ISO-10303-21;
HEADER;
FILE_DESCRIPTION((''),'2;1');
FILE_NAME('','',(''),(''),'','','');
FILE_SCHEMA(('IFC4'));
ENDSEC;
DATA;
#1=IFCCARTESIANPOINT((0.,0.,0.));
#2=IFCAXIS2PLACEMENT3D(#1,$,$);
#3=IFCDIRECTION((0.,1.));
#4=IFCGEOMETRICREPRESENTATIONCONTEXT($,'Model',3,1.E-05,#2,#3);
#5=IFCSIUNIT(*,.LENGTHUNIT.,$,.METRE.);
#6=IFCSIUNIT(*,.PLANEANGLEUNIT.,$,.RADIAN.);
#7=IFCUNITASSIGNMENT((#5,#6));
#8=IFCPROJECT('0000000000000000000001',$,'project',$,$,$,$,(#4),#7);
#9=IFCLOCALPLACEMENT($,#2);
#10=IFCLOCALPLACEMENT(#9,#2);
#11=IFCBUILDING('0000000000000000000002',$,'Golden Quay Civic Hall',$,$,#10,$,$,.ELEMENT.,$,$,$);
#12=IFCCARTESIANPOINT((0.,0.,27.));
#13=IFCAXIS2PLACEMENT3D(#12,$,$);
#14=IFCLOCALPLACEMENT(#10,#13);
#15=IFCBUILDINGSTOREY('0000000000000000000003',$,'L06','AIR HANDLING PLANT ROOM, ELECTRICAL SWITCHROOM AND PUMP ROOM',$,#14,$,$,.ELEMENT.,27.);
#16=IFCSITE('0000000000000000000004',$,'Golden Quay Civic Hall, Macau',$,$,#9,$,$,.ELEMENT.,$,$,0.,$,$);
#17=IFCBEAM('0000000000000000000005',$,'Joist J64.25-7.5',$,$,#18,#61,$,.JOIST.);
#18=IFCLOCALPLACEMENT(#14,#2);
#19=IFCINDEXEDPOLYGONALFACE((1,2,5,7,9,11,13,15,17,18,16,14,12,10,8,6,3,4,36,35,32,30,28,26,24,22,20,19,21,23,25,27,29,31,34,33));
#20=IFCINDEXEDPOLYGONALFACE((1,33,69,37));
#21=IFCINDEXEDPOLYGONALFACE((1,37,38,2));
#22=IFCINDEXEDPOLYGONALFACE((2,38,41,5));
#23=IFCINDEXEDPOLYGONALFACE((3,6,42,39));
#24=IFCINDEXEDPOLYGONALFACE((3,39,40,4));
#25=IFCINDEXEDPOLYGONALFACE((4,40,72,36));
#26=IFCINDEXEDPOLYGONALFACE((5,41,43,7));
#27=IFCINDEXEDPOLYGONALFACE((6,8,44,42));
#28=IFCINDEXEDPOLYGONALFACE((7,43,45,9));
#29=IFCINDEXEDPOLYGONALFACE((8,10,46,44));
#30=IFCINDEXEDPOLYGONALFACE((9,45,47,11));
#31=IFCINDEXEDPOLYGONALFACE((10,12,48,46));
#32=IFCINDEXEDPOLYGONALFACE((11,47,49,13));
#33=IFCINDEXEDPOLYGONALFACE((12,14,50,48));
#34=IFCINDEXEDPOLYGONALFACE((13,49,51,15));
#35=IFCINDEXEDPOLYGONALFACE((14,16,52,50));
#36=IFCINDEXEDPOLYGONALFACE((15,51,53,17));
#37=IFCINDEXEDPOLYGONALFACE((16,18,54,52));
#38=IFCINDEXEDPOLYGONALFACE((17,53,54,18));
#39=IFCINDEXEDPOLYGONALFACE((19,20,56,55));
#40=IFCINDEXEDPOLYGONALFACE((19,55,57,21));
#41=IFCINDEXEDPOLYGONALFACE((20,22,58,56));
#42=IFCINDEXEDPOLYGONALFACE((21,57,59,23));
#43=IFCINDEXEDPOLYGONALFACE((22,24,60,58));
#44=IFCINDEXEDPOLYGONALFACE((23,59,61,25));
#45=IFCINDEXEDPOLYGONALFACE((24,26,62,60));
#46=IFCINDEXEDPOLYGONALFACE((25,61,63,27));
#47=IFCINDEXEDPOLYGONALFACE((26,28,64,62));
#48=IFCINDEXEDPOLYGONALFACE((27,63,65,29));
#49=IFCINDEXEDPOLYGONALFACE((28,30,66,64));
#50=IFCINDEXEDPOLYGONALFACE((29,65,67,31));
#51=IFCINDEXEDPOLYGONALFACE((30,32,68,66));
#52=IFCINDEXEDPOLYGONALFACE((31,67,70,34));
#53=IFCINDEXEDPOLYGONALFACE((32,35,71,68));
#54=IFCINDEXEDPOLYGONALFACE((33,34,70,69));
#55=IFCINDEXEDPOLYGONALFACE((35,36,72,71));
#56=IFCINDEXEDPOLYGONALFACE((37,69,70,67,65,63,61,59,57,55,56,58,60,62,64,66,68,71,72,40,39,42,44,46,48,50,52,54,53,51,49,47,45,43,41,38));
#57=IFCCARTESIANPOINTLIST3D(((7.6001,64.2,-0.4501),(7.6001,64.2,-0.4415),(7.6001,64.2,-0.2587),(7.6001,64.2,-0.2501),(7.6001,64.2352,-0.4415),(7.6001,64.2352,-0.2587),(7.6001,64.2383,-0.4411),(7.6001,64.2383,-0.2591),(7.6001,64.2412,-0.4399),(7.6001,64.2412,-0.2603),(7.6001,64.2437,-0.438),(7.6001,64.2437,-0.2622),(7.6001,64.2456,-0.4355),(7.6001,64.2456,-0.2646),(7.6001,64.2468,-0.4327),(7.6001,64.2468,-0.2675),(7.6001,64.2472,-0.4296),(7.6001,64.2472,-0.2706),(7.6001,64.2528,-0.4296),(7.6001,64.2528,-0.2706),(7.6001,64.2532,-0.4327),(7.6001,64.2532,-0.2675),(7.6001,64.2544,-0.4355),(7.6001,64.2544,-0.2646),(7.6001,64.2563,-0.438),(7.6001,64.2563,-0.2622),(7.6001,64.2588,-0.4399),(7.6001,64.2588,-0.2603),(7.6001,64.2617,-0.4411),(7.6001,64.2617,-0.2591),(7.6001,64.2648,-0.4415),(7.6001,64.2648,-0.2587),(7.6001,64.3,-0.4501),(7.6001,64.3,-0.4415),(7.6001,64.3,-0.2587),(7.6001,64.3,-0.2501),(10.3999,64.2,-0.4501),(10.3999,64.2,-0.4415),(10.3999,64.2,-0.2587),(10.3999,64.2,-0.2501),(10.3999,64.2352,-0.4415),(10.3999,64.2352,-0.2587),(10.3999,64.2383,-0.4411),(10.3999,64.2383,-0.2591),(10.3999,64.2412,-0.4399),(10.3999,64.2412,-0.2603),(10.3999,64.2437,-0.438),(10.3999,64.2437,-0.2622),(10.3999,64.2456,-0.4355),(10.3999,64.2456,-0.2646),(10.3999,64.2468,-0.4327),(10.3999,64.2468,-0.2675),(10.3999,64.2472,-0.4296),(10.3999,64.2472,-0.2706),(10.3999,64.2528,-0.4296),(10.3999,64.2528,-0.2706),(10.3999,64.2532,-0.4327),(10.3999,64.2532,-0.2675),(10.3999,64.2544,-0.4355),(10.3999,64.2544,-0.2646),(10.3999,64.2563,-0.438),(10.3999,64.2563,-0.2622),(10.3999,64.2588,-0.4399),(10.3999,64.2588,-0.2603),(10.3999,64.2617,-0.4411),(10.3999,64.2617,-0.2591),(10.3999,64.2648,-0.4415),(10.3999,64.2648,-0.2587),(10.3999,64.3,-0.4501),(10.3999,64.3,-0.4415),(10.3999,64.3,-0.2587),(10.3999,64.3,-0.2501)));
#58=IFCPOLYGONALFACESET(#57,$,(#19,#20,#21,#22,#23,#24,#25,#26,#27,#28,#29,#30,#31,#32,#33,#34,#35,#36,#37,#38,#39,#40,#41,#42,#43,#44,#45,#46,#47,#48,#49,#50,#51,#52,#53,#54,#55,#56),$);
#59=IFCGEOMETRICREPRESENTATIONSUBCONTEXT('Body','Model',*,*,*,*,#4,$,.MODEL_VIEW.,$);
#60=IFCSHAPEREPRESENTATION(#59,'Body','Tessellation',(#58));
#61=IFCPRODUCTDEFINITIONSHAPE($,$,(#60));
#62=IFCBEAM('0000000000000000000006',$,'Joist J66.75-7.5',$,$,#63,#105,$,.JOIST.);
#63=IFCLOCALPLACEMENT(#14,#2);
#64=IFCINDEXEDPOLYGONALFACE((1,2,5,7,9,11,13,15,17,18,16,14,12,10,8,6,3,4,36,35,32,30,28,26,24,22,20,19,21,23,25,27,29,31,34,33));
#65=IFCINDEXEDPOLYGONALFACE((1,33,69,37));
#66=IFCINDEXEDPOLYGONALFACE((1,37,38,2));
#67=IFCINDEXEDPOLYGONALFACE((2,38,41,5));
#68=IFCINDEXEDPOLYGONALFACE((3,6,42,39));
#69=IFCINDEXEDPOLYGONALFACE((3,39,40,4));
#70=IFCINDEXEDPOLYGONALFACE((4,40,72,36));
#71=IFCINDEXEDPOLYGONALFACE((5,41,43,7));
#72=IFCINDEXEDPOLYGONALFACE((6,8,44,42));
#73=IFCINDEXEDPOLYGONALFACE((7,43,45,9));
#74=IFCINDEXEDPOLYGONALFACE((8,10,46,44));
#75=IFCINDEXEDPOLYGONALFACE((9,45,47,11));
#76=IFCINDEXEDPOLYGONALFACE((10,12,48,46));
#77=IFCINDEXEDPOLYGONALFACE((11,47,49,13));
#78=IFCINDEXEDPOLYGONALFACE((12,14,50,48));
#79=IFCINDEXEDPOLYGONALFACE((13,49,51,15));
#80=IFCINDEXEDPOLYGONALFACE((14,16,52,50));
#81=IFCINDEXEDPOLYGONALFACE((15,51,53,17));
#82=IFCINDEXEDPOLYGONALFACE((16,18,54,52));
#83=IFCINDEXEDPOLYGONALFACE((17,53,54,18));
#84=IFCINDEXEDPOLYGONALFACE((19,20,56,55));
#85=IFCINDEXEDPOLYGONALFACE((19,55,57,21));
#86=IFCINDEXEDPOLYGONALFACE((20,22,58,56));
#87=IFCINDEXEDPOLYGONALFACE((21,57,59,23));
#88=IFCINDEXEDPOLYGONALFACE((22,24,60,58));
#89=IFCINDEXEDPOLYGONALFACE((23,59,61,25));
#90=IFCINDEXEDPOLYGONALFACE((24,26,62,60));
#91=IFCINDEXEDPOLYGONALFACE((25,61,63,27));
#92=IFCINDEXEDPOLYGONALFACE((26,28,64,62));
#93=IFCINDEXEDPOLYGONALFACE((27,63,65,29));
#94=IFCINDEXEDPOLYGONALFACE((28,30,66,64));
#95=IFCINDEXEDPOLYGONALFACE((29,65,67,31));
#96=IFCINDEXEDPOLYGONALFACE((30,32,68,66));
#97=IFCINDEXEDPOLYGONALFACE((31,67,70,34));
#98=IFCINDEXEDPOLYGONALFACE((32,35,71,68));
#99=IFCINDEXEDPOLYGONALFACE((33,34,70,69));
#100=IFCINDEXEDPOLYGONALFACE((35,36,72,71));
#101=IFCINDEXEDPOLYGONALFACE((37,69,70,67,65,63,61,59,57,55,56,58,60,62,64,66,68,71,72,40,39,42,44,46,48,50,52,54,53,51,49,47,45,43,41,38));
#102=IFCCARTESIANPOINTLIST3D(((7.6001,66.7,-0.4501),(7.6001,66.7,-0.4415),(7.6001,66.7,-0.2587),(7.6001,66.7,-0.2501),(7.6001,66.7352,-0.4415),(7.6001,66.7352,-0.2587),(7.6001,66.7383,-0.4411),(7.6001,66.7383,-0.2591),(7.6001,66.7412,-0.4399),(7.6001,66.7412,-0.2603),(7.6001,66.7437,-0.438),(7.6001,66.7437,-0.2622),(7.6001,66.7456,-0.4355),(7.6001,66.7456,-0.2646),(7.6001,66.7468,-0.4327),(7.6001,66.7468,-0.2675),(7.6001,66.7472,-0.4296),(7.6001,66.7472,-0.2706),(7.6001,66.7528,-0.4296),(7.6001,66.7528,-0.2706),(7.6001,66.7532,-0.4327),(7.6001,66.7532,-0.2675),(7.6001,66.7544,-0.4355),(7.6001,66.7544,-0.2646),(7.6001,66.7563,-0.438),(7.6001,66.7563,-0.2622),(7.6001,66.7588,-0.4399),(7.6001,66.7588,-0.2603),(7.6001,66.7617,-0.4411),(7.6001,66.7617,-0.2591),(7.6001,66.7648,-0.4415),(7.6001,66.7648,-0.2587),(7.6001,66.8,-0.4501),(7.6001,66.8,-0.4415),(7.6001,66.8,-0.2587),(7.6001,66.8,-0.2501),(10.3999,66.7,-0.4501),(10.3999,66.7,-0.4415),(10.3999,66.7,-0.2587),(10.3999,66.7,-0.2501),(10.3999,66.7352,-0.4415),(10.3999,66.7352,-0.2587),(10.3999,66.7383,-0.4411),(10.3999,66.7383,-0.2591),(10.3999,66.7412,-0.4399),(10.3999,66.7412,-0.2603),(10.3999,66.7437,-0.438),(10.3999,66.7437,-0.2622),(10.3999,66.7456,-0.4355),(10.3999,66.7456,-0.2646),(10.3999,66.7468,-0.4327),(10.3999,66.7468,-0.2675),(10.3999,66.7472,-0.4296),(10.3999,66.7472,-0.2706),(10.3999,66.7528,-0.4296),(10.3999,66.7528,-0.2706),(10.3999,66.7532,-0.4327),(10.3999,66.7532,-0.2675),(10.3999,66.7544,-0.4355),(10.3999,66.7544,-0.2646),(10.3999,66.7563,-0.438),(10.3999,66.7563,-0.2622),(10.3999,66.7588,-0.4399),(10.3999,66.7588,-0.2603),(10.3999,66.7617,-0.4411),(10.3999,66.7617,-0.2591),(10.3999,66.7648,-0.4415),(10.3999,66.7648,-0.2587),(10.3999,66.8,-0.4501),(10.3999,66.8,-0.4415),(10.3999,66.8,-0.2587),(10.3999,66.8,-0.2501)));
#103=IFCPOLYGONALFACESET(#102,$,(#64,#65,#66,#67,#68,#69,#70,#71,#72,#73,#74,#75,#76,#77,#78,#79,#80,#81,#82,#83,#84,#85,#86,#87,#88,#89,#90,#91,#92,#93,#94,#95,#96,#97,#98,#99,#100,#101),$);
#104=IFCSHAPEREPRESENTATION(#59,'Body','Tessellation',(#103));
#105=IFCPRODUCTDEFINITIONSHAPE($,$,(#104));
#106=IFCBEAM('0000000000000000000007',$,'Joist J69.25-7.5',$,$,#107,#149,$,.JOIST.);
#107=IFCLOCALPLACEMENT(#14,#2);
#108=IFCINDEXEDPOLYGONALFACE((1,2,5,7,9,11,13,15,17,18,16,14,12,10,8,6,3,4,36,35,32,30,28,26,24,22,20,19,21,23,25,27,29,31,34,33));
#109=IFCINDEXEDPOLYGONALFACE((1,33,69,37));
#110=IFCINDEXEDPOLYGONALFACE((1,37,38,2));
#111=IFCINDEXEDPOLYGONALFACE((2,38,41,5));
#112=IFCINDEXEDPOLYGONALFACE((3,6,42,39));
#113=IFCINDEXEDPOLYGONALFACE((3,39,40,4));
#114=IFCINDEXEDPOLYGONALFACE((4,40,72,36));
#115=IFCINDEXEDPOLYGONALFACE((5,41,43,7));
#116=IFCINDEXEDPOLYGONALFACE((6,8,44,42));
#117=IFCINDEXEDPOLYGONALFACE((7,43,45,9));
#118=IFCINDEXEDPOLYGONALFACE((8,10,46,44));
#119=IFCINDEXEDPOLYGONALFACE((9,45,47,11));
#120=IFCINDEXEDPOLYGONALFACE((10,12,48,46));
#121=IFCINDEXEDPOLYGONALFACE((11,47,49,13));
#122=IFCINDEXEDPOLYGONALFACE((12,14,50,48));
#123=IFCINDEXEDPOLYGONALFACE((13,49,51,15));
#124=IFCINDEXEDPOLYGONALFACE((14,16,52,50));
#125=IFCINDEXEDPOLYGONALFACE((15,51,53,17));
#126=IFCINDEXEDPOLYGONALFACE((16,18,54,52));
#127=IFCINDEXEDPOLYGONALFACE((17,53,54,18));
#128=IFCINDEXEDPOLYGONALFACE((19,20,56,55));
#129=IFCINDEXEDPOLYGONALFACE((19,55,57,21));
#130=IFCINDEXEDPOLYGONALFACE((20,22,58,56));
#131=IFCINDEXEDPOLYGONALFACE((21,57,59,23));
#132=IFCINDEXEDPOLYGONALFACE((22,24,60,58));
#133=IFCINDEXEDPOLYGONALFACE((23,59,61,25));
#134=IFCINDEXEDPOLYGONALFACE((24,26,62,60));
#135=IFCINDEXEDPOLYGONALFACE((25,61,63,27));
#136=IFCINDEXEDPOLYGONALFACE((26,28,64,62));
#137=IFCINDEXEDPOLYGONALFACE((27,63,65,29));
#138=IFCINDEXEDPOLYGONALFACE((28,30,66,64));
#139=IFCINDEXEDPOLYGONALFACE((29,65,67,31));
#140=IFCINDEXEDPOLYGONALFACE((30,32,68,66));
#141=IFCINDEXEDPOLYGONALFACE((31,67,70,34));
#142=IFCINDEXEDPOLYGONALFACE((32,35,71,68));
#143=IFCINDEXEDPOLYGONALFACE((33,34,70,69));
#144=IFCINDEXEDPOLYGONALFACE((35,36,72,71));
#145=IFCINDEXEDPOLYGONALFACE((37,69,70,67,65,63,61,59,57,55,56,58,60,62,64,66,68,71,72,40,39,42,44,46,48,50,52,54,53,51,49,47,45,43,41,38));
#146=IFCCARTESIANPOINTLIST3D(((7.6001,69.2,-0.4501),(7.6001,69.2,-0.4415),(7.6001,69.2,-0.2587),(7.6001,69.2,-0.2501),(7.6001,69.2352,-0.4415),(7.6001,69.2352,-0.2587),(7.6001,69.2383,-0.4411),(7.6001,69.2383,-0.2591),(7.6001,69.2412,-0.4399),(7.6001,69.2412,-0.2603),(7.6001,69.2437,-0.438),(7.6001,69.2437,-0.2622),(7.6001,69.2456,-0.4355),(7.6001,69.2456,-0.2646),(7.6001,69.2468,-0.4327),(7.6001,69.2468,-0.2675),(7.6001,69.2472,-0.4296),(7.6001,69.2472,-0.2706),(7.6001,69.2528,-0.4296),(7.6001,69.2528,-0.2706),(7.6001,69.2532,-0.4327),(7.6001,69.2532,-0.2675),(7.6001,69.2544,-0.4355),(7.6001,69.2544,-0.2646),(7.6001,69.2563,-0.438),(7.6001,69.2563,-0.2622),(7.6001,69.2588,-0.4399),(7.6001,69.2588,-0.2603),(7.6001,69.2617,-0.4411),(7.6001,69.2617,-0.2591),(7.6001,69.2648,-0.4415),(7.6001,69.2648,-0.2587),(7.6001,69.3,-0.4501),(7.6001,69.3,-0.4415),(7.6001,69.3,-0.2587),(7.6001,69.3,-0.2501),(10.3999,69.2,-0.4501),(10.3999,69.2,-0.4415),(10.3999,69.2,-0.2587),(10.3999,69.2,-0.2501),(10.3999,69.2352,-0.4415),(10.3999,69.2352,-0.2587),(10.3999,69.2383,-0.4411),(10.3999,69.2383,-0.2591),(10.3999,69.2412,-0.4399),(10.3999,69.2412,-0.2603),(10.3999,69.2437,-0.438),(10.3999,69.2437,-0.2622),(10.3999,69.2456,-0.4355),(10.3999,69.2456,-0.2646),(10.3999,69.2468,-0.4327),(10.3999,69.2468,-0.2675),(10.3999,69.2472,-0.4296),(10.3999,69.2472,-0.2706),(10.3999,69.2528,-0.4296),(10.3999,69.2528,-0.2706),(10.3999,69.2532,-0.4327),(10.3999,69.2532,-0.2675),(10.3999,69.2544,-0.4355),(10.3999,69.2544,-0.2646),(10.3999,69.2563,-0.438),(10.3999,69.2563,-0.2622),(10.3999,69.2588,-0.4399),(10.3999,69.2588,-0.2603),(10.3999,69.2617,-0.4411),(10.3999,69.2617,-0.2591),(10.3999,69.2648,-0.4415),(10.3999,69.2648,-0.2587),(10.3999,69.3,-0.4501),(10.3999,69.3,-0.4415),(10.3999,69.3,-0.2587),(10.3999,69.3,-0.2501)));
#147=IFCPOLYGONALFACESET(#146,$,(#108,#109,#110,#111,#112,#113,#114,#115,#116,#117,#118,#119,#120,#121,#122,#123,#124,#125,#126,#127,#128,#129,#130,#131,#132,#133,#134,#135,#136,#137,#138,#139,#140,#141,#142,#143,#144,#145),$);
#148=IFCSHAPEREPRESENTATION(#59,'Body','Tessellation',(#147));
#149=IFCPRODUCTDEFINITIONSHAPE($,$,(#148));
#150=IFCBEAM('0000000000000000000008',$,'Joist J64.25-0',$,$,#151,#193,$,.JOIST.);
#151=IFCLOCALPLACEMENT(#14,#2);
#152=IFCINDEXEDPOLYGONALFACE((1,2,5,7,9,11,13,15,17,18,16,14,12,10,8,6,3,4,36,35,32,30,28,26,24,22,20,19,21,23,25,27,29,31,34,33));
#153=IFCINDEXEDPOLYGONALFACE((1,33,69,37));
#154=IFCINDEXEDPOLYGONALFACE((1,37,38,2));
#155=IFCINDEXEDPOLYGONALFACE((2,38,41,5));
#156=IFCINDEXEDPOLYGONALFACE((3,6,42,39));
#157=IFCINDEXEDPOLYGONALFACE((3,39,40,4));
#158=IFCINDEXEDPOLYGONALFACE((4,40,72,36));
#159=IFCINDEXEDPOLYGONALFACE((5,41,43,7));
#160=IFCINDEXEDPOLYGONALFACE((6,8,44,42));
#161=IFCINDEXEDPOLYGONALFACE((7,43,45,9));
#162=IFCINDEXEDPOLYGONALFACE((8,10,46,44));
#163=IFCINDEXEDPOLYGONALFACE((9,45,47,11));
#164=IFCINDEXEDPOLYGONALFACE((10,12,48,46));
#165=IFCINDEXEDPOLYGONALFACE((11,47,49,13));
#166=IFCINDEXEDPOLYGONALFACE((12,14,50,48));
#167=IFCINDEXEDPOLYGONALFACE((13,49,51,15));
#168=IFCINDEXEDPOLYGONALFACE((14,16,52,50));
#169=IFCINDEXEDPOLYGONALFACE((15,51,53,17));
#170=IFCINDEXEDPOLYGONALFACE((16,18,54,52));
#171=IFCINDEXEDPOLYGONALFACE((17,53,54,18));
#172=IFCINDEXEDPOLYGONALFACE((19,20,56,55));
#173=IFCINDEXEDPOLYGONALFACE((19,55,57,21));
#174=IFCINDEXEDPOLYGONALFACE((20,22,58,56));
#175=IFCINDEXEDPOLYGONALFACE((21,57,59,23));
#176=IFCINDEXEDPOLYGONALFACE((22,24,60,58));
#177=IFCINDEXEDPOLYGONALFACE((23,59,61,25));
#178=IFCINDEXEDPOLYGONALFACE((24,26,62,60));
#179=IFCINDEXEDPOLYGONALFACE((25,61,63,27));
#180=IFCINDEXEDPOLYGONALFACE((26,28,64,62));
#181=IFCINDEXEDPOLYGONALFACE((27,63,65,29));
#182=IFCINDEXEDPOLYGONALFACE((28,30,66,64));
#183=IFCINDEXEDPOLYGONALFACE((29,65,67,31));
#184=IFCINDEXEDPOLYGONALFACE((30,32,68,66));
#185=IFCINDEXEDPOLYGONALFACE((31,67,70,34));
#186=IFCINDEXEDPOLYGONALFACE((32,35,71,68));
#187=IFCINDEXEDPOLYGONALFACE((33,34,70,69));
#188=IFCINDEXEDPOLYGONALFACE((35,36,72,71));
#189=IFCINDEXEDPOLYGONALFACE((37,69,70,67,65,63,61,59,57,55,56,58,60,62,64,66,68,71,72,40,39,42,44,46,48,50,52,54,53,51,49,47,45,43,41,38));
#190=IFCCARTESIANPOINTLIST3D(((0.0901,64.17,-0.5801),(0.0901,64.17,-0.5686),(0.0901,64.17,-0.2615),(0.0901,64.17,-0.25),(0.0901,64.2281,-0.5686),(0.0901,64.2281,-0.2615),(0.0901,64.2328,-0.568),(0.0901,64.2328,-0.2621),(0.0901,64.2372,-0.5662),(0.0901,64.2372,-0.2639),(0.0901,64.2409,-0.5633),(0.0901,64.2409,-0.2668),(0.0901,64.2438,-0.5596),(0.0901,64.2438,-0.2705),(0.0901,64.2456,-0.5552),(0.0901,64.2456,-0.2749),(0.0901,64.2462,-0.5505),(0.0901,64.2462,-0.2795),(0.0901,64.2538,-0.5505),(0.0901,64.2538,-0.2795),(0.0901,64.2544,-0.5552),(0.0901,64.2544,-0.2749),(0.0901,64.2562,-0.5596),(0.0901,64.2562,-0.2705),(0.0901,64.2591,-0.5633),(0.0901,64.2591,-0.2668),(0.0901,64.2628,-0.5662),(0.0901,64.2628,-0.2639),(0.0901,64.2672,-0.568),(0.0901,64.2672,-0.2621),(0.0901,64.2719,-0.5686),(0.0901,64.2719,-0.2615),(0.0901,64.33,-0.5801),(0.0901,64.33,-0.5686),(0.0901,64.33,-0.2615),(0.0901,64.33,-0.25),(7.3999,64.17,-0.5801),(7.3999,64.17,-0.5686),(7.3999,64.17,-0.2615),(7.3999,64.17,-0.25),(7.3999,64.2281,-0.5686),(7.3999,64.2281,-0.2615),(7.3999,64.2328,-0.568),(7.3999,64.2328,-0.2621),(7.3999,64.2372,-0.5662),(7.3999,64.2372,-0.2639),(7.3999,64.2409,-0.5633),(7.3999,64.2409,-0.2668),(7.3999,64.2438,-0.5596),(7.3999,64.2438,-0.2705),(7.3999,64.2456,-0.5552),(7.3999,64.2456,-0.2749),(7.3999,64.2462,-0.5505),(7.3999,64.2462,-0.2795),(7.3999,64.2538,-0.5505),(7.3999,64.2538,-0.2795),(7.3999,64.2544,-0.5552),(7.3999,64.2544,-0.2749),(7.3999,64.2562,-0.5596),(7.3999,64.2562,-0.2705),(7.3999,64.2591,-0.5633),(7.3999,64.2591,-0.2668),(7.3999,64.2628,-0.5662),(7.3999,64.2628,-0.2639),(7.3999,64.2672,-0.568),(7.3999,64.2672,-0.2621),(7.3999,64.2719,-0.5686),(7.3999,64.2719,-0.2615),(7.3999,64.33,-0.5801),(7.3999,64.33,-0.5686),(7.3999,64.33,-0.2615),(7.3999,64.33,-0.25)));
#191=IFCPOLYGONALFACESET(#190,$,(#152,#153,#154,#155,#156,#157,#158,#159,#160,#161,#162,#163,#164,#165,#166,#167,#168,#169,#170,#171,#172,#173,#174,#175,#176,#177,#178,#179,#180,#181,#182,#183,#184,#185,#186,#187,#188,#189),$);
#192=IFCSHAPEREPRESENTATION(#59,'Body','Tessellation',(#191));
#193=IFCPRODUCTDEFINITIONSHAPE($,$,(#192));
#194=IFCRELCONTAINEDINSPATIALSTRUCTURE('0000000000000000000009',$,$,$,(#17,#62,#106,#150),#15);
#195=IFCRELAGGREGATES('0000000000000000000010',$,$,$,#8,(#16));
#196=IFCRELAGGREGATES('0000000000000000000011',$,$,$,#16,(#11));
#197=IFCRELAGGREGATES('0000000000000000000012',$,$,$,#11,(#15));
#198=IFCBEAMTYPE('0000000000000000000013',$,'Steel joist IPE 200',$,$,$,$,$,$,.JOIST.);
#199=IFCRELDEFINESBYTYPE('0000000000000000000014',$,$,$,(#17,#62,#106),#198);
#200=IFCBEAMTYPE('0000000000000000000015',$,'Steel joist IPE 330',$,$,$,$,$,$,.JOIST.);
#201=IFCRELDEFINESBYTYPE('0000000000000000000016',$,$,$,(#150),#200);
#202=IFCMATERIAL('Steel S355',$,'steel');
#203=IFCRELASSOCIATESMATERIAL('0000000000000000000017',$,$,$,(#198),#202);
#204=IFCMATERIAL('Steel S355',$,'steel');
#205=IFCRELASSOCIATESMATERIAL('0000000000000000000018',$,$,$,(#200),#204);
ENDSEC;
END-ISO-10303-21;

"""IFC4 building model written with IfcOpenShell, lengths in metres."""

from ifc_helpers import new_model, si_unit, direction, frame, origin, origin_2d, place, context, subcontext, project, spatial, i_section, extrude, material, material_profile, profile_set, type_object, element, save


model = new_model("IFC4")

# Units and contexts
model_context = context("Model", 3, precision=1e-05, world=origin(), true_north=direction((0.0, 1.0)))
body_context = subcontext(model_context, "Body", "Model", "MODEL_VIEW")
ifc_project = project(units=[si_unit("LENGTHUNIT", "METRE"), si_unit("PLANEANGLEUNIT", "RADIAN")], contexts=[model_context])

# Site, building, storey
site_placement = place(None, origin())
site = spatial("IfcSite", under=ifc_project, at=site_placement, Name="Golden Quay Civic Hall, Macau", CompositionType="ELEMENT", RefElevation=0.0)
building_placement = place(site_placement, origin())
building = spatial("IfcBuilding", under=site, at=building_placement, Name="Golden Quay Civic Hall", CompositionType="ELEMENT")
storey_placement = place(building_placement, frame((0.0, 0.0, 27.0)))
storey = spatial("IfcBuildingStorey", under=building, at=storey_placement, Name="L06", Description="AIR HANDLING PLANT ROOM, ELECTRICAL SWITCHROOM AND PUMP ROOM", CompositionType="ELEMENT", Elevation=27.0)

# Beams
ifc_material_1 = material(Name="Steel S355", Category="steel")
ifc_material_profile_1 = material_profile(ifc_material_1, i_section(OverallWidth=0.1001, OverallDepth=0.2, WebThickness=0.0056, FlangeThickness=0.0085, FilletRadius=0.012, at=origin_2d()), Name="IPE 200")
ifc_profile_set_1 = profile_set([ifc_material_profile_1], Name="Steel S355")
beam_type_1 = type_object("IfcBeamType", Name="Steel joist IPE 200", PredefinedType="JOIST", material=ifc_profile_set_1)
for number, where, z_axis, x_axis, name in (
    (1, (7.6001, 64.25, -0.3501), (1.0, 0.0, 0.0), (0.0, 1.0, 0.0), "Joist J64.25-7.5"),
    (2, (7.6001, 66.75, -0.3501), (1.0, 0.0, 0.0), (0.0, 1.0, 0.0), "Joist J66.75-7.5"),
    (3, (7.6001, 69.25, -0.3501), (1.0, 0.0, 0.0), (0.0, 1.0, 0.0), "Joist J69.25-7.5"),
):
    element("IfcBeam", number, at=place(storey_placement, frame(where, z_axis=z_axis, x_axis=x_axis)), inside=storey, type_object=beam_type_1, Name=name, PredefinedType="JOIST", context=body_context, shape_type="SweptSolid", body=[
        extrude(i_section(OverallWidth=0.1001, OverallDepth=0.2, WebThickness=0.0056, FlangeThickness=0.0085, FilletRadius=0.012, at=origin_2d()), origin(), (0.0, 0.0, 1.0), 2.7998),
    ])
ifc_material_2 = material(Name="Steel S355", Category="steel")
ifc_material_profile_2 = material_profile(ifc_material_2, i_section(OverallWidth=0.1599, OverallDepth=0.3301, WebThickness=0.0076, FlangeThickness=0.0115, FilletRadius=0.0181, at=origin_2d()), Name="IPE 330")
ifc_profile_set_2 = profile_set([ifc_material_profile_2], Name="Steel S355")
beam_type_2 = type_object("IfcBeamType", Name="Steel joist IPE 330", PredefinedType="JOIST", material=ifc_profile_set_2)
for number, where, z_axis, x_axis, name in (
    (4, (0.0901, 64.25, -0.415), (1.0, 0.0, 0.0), (0.0, 1.0, 0.0), "Joist J64.25-0"),
):
    element("IfcBeam", number, at=place(storey_placement, frame(where, z_axis=z_axis, x_axis=x_axis)), inside=storey, type_object=beam_type_2, Name=name, PredefinedType="JOIST", context=body_context, shape_type="SweptSolid", body=[
        extrude(i_section(OverallWidth=0.1599, OverallDepth=0.3301, WebThickness=0.0076, FlangeThickness=0.0115, FilletRadius=0.0181, at=origin_2d()), origin(), (0.0, 0.0, 1.0), 7.3098),
    ])

save(model, "model.ifc")
